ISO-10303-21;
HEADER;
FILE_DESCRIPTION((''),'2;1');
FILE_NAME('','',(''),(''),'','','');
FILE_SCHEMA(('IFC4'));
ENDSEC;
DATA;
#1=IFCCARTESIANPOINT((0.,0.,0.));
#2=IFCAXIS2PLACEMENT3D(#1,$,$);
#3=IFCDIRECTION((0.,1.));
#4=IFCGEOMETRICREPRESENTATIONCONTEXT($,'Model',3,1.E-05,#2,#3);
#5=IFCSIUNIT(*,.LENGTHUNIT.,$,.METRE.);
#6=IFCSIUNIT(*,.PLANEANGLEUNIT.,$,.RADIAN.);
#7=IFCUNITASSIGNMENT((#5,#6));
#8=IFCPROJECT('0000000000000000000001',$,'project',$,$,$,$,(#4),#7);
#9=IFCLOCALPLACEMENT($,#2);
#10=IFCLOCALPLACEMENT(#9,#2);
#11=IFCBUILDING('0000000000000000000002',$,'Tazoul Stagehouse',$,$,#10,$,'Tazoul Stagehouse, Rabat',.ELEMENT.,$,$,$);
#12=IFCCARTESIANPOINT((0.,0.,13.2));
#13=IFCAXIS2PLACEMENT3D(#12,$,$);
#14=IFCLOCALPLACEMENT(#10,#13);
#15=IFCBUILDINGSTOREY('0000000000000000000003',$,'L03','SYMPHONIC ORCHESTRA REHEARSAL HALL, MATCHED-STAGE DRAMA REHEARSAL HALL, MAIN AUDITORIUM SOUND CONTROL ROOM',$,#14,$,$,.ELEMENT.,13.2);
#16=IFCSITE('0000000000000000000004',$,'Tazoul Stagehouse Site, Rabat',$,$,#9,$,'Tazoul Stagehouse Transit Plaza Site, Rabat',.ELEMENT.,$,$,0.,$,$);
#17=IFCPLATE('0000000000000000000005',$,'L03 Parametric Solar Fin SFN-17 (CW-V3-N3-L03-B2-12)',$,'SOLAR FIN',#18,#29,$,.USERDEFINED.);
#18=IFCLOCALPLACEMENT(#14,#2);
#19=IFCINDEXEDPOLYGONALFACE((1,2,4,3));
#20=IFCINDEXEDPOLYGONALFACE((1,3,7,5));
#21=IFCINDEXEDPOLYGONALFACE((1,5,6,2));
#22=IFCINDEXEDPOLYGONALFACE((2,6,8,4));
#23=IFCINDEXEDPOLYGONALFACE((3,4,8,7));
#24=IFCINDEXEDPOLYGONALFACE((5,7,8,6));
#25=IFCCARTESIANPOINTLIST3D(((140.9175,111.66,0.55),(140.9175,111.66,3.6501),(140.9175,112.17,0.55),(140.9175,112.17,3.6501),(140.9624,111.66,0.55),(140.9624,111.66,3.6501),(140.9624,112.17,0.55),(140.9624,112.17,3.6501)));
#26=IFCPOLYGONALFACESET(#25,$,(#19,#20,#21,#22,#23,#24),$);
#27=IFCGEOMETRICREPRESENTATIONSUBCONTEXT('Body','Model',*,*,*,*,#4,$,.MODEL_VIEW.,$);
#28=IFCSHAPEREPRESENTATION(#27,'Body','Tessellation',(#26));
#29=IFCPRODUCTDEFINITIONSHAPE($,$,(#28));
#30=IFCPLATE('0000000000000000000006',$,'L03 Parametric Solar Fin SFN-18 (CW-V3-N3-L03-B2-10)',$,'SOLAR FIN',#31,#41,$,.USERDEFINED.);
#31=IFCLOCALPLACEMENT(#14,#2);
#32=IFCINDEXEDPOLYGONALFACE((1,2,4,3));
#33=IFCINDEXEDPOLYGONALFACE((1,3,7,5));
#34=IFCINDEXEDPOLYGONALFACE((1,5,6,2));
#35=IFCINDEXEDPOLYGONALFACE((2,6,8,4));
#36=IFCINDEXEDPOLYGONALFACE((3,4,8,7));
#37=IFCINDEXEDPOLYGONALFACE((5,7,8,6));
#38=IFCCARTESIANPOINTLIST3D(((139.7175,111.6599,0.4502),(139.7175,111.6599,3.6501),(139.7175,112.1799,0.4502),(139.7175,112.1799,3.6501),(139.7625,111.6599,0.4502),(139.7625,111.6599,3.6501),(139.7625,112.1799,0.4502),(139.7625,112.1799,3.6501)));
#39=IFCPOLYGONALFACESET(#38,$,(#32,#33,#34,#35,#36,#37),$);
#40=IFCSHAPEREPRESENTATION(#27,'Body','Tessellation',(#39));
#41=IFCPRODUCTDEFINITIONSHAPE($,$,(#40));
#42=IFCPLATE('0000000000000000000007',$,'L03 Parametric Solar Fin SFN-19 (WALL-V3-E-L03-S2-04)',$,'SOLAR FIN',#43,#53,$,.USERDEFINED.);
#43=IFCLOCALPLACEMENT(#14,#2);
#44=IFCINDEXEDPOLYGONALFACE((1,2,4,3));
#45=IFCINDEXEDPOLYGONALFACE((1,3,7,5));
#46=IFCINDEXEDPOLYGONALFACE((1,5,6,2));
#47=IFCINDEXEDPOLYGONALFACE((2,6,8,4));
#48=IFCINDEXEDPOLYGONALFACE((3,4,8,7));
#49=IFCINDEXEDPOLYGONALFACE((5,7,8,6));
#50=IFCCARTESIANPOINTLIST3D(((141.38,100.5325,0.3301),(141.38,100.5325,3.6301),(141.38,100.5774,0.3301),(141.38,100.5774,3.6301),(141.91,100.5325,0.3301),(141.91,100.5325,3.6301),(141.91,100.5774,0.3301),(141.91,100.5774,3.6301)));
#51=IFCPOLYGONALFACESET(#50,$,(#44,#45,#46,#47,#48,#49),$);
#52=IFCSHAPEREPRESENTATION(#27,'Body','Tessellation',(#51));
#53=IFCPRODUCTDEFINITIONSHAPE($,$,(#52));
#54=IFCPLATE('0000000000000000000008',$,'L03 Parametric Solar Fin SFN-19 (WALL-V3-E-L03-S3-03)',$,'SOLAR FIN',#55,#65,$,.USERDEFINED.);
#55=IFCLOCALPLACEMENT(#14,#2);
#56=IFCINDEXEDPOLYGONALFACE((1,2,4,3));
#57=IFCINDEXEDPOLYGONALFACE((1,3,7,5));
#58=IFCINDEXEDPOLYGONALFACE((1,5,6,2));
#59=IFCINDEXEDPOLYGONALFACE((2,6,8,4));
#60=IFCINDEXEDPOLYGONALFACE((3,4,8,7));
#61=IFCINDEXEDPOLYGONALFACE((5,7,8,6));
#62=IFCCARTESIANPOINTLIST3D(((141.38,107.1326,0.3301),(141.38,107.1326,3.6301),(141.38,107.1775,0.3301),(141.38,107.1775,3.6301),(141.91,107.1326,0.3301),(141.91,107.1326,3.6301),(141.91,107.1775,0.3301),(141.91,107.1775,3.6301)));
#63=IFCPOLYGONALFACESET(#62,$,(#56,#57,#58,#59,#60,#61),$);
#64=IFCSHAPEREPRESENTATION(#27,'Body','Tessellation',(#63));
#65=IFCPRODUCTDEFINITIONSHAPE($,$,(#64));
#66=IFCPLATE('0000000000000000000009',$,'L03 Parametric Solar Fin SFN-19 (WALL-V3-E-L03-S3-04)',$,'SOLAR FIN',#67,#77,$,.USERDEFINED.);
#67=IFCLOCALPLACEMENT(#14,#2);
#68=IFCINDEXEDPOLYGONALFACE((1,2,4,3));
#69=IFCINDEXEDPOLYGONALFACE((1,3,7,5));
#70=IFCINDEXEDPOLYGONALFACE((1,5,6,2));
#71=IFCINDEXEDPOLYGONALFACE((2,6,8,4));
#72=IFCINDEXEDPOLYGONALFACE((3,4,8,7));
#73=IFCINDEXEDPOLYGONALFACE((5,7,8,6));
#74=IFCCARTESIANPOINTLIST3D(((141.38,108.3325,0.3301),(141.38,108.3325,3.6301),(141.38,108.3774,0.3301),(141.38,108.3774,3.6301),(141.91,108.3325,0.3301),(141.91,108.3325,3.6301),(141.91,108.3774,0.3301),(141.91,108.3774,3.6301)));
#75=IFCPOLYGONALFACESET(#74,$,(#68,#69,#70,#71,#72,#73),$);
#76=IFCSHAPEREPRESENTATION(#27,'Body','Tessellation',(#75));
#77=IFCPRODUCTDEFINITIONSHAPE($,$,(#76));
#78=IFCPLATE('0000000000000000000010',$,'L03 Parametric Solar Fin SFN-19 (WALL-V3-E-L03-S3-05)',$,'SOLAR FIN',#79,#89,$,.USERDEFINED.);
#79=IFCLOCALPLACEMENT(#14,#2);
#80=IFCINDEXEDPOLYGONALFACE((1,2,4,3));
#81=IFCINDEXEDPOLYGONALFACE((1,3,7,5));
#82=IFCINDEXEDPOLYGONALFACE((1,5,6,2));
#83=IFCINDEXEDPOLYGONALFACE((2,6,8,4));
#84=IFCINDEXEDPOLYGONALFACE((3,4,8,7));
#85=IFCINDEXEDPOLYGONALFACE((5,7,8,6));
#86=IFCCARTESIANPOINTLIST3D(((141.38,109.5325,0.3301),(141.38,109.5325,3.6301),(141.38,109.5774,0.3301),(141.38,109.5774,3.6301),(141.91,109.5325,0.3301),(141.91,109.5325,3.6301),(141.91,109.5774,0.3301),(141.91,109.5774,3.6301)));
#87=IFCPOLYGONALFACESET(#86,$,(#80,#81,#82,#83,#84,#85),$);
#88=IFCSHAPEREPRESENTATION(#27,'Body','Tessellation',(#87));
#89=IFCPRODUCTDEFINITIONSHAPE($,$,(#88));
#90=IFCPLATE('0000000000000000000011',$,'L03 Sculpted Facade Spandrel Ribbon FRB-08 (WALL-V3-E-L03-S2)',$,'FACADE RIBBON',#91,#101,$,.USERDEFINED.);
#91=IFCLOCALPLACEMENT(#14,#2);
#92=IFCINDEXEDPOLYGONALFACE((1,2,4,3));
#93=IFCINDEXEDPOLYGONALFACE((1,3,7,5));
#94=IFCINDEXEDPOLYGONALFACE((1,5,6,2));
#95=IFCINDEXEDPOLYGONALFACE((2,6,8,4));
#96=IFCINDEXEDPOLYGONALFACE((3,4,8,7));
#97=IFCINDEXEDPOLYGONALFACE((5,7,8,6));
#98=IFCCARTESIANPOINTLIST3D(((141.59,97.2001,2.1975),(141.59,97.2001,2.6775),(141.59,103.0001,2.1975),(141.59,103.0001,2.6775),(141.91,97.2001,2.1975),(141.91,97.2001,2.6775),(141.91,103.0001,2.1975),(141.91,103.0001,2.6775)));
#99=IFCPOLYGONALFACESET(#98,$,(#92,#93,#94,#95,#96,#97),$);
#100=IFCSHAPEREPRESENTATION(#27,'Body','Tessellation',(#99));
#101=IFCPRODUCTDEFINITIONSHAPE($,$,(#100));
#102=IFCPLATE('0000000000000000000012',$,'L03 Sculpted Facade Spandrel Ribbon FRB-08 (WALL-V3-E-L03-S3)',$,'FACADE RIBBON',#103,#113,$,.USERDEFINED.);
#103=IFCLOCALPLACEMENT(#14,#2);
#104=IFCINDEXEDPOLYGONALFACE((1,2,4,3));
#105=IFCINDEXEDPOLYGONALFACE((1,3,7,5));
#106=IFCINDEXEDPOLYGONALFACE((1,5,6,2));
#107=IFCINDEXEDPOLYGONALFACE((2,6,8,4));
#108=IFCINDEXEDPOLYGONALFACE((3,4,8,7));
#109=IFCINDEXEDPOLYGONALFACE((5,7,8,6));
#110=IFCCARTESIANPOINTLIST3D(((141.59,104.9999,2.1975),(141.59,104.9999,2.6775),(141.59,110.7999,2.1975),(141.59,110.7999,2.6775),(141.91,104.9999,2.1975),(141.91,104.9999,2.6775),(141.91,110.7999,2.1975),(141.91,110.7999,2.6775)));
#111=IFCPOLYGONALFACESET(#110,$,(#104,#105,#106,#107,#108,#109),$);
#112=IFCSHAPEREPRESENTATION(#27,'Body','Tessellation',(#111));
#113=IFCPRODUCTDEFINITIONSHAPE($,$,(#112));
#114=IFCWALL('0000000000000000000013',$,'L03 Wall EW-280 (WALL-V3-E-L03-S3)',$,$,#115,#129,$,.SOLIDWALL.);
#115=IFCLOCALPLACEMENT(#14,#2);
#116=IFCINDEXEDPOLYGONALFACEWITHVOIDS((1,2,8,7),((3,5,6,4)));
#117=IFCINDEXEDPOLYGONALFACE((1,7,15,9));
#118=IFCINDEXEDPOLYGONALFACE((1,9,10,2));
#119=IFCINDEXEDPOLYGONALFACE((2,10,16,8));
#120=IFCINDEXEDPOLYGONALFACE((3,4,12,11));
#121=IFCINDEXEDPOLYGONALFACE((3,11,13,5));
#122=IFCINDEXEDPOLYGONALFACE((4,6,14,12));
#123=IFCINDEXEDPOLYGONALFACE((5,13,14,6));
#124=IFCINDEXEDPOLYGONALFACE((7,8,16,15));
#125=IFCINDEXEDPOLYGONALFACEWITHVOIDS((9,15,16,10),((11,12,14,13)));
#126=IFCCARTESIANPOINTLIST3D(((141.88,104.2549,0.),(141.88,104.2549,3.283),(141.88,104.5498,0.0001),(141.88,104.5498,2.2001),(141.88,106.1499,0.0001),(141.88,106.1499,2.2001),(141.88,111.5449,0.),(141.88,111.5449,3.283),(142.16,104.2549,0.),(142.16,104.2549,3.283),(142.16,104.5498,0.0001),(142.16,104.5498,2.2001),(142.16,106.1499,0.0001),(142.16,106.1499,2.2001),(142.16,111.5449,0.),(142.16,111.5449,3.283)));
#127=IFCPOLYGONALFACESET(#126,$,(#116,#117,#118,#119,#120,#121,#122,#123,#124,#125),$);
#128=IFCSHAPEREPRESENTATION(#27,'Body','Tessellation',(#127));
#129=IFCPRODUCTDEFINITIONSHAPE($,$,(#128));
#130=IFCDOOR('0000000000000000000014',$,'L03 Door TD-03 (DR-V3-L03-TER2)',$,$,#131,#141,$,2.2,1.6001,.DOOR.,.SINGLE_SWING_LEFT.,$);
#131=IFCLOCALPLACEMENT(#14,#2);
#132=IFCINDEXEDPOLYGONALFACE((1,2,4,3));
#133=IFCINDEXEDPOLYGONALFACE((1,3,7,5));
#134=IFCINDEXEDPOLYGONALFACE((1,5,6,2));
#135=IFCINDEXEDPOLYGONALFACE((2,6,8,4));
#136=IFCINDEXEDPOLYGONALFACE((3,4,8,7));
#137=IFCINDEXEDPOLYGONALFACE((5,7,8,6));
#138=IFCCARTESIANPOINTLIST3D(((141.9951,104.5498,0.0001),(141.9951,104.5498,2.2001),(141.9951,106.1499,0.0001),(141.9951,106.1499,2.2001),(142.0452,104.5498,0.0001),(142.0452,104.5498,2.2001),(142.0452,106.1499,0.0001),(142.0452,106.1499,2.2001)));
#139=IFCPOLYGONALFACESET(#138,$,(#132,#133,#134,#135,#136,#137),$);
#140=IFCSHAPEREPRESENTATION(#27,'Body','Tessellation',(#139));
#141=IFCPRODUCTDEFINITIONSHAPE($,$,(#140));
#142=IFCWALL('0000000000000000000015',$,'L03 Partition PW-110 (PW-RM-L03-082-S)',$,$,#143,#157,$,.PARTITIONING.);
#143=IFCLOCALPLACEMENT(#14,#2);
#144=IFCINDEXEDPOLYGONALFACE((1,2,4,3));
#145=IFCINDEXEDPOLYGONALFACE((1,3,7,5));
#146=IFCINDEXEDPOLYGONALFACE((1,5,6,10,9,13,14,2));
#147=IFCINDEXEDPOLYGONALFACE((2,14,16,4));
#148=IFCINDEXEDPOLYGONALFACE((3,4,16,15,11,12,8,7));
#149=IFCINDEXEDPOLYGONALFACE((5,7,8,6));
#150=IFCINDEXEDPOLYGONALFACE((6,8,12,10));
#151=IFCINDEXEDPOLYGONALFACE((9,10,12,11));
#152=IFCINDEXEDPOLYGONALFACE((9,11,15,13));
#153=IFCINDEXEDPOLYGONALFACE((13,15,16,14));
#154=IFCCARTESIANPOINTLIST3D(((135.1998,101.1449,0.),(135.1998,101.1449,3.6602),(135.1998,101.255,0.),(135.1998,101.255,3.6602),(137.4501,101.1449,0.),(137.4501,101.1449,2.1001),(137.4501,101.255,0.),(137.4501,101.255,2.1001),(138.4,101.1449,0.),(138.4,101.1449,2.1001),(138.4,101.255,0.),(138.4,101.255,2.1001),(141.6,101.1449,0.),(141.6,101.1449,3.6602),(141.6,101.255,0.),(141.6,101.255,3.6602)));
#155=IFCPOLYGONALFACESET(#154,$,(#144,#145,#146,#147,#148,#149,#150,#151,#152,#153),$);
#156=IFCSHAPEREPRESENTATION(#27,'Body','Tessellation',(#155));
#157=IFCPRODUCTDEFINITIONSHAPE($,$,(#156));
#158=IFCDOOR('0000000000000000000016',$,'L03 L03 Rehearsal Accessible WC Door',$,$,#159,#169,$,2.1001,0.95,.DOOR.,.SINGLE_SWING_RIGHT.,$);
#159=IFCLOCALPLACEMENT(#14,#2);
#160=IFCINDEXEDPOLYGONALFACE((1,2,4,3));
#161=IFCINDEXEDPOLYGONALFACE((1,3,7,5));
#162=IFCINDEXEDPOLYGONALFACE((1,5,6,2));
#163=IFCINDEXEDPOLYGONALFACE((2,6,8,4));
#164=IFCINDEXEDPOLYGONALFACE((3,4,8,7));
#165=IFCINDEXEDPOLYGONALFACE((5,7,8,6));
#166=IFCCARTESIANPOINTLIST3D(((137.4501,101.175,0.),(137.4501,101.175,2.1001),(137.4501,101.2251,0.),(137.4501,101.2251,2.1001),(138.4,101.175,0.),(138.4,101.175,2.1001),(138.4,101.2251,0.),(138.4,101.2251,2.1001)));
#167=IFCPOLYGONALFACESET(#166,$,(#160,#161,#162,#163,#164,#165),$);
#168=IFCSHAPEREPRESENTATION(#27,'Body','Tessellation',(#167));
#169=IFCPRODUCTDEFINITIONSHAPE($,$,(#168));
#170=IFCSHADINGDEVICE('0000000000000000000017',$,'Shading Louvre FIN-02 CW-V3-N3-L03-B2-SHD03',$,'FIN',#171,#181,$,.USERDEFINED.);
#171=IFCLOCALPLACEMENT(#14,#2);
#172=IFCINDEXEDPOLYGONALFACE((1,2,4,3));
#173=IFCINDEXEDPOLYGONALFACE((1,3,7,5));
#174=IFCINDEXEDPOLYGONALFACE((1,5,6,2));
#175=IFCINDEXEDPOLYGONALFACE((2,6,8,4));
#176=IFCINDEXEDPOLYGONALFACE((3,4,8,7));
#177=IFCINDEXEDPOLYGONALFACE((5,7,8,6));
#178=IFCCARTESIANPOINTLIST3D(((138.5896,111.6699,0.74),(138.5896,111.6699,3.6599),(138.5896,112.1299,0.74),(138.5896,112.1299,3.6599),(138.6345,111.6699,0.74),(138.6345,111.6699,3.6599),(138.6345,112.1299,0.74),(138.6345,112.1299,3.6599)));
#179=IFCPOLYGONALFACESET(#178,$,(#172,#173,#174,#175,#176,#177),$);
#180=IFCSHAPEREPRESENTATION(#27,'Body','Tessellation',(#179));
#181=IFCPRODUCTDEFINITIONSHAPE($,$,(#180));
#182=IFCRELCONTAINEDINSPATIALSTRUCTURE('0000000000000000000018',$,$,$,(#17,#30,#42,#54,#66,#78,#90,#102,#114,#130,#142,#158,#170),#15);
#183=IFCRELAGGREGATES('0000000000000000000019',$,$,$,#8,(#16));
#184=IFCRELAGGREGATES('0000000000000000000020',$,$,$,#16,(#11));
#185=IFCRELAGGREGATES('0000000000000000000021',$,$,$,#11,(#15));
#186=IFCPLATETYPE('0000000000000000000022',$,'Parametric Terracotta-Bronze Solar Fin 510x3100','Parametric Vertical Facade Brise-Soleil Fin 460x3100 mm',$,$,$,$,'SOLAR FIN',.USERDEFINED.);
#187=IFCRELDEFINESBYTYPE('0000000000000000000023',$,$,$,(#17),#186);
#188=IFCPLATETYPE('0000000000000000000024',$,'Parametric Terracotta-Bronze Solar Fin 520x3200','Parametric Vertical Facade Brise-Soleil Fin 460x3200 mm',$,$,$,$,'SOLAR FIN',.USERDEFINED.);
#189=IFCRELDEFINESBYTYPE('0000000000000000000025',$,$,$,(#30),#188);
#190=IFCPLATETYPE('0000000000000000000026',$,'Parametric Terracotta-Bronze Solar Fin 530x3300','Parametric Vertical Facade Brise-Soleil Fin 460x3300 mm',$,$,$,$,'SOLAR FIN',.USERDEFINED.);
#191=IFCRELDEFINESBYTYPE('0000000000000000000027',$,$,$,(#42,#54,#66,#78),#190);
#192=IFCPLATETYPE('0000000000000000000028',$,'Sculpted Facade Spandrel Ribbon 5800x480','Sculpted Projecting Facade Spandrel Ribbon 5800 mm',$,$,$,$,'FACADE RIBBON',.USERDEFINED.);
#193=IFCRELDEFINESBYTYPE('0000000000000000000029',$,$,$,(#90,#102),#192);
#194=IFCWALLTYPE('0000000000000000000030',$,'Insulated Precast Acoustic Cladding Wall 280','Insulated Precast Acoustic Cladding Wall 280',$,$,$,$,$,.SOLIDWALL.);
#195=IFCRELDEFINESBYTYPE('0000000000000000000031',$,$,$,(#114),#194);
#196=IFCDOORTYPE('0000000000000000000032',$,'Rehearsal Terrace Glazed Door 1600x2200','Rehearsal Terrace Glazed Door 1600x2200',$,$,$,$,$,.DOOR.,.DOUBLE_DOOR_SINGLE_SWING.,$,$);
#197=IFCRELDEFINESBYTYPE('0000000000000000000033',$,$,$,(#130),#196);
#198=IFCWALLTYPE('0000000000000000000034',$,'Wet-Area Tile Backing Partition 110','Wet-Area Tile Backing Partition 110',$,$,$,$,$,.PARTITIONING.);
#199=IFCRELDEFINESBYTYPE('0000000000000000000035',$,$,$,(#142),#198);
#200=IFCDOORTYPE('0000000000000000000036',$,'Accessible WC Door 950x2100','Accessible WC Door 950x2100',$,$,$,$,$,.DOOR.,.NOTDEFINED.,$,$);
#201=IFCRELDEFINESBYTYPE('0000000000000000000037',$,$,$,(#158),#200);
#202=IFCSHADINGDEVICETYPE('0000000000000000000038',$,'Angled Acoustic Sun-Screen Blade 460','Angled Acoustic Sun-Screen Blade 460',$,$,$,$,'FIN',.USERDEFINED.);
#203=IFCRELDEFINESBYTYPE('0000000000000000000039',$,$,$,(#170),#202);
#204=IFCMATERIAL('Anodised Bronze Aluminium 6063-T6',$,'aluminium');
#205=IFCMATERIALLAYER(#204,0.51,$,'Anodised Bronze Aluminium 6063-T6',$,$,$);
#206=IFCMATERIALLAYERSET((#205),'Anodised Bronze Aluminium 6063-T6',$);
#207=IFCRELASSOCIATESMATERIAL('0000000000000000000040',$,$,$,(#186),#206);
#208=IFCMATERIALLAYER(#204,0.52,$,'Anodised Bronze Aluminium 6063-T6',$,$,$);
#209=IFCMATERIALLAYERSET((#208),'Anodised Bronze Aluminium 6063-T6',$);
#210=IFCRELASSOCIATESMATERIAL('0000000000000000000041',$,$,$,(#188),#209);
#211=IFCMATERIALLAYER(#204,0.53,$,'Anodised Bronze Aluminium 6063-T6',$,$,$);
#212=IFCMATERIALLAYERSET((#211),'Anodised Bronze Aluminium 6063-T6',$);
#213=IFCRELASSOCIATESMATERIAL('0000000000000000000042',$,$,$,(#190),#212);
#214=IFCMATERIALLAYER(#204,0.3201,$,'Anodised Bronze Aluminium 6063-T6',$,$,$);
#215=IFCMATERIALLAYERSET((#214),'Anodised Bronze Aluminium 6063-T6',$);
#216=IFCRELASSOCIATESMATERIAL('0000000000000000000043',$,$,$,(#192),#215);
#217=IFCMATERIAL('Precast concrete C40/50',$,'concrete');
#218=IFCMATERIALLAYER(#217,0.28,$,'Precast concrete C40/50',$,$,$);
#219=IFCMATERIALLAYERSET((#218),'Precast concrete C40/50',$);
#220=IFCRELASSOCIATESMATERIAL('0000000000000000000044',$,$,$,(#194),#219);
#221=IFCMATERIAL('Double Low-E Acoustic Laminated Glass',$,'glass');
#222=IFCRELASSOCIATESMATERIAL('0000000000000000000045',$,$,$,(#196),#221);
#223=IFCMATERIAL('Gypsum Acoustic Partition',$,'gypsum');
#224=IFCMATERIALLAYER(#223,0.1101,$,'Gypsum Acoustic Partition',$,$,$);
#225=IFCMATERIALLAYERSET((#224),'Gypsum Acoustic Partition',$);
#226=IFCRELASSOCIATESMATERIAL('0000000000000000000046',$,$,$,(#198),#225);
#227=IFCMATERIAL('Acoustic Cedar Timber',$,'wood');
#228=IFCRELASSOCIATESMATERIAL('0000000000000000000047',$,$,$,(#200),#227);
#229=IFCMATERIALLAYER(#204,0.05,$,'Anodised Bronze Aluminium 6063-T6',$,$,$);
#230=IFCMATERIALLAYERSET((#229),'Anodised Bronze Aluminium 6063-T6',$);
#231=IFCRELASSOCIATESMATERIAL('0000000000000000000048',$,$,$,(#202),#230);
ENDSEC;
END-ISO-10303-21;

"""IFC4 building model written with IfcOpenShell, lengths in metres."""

from ifc_helpers import new_model, si_unit, direction, frame, frame_2d, origin, origin_2d, place, context, subcontext, project, spatial, rectangle, extrude, material, layer, layer_set, type_object, element, fill, save


model = new_model("IFC4")

# Units and contexts
model_context = context("Model", 3, precision=1e-05, world=origin(), true_north=direction((0.0, 1.0)))
body_context = subcontext(model_context, "Body", "Model", "MODEL_VIEW")
ifc_project = project(units=[si_unit("LENGTHUNIT", "METRE"), si_unit("PLANEANGLEUNIT", "RADIAN")], contexts=[model_context])

# Site, building, storey
site_placement = place(None, origin())
site = spatial("IfcSite", under=ifc_project, at=site_placement, Name="Tazoul Stagehouse Site, Rabat", LongName="Tazoul Stagehouse Transit Plaza Site, Rabat", CompositionType="ELEMENT", RefElevation=0.0)
building_placement = place(site_placement, origin())
building = spatial("IfcBuilding", under=site, at=building_placement, Name="Tazoul Stagehouse", LongName="Tazoul Stagehouse, Rabat", CompositionType="ELEMENT")
storey_placement = place(building_placement, frame((0.0, 0.0, 13.2)))
storey = spatial("IfcBuildingStorey", under=building, at=storey_placement, Name="L03", Description="SYMPHONIC ORCHESTRA REHEARSAL HALL, MATCHED-STAGE DRAMA REHEARSAL HALL, MAIN AUDITORIUM SOUND CONTROL ROOM", CompositionType="ELEMENT", Elevation=13.2)

# Plates
ifc_material_1 = material(Name="Anodised Bronze Aluminium 6063-T6", Category="aluminium")
ifc_layer_1 = layer(ifc_material_1, 0.51, Name="Anodised Bronze Aluminium 6063-T6")
ifc_layer_set_1 = layer_set([ifc_layer_1], Name="Anodised Bronze Aluminium 6063-T6")
plate_type_1 = type_object("IfcPlateType", Name="Parametric Terracotta-Bronze Solar Fin 510x3100", Description="Parametric Vertical Facade Brise-Soleil Fin 460x3100 mm", ElementType="SOLAR FIN", PredefinedType="USERDEFINED", material=ifc_layer_set_1)
for number, where, z_axis, x_axis, name in (
    (1, (140.9399, 111.915, 0.55), (0.0, 0.0, 1.0), (1.0, 0.0, 0.0), "L03 Parametric Solar Fin SFN-17 (CW-V3-N3-L03-B2-12)"),
):
    element("IfcPlate", number, at=place(storey_placement, frame(where, z_axis=z_axis, x_axis=x_axis)), inside=storey, type_object=plate_type_1, Name=name, ObjectType="SOLAR FIN", PredefinedType="USERDEFINED", context=body_context, shape_type="SweptSolid", body=[
        extrude(rectangle(XDim=0.0449, YDim=0.51, at=origin_2d()), origin(), (0.0, 0.0, 1.0), 3.1001),
    ])
ifc_layer_2 = layer(ifc_material_1, 0.52, Name="Anodised Bronze Aluminium 6063-T6")
ifc_layer_set_2 = layer_set([ifc_layer_2], Name="Anodised Bronze Aluminium 6063-T6")
plate_type_2 = type_object("IfcPlateType", Name="Parametric Terracotta-Bronze Solar Fin 520x3200", Description="Parametric Vertical Facade Brise-Soleil Fin 460x3200 mm", ElementType="SOLAR FIN", PredefinedType="USERDEFINED", material=ifc_layer_set_2)
plate_placement = place(storey_placement, frame((139.74, 111.9199, 0.4502), z_axis=(0.0, 0.0, 1.0), x_axis=(1.0, 0.0, 0.0)))
element("IfcPlate", 2, at=plate_placement, inside=storey, type_object=plate_type_2, Name="L03 Parametric Solar Fin SFN-18 (CW-V3-N3-L03-B2-10)", ObjectType="SOLAR FIN", PredefinedType="USERDEFINED", context=body_context, shape_type="SweptSolid", body=[
    extrude(rectangle(XDim=0.0449, YDim=0.52, at=origin_2d()), origin(), (0.0, 0.0, 1.0), 3.2),
])
ifc_layer_3 = layer(ifc_material_1, 0.53, Name="Anodised Bronze Aluminium 6063-T6")
ifc_layer_set_3 = layer_set([ifc_layer_3], Name="Anodised Bronze Aluminium 6063-T6")
plate_type_3 = type_object("IfcPlateType", Name="Parametric Terracotta-Bronze Solar Fin 530x3300", Description="Parametric Vertical Facade Brise-Soleil Fin 460x3300 mm", ElementType="SOLAR FIN", PredefinedType="USERDEFINED", material=ifc_layer_set_3)
for number, where, z_axis, x_axis, name in (
    (3, (141.645, 100.5549, 0.3301), (0.0, 0.0, 1.0), (0.0, 1.0, 0.0), "L03 Parametric Solar Fin SFN-19 (WALL-V3-E-L03-S2-04)"),
    (4, (141.645, 107.155, 0.3301), (0.0, 0.0, 1.0), (0.0, 1.0, 0.0), "L03 Parametric Solar Fin SFN-19 (WALL-V3-E-L03-S3-03)"),
    (5, (141.645, 108.355, 0.3301), (0.0, 0.0, 1.0), (0.0, 1.0, 0.0), "L03 Parametric Solar Fin SFN-19 (WALL-V3-E-L03-S3-04)"),
    (6, (141.645, 109.5549, 0.3301), (0.0, 0.0, 1.0), (0.0, 1.0, 0.0), "L03 Parametric Solar Fin SFN-19 (WALL-V3-E-L03-S3-05)"),
):
    element("IfcPlate", number, at=place(storey_placement, frame(where, z_axis=z_axis, x_axis=x_axis)), inside=storey, type_object=plate_type_3, Name=name, ObjectType="SOLAR FIN", PredefinedType="USERDEFINED", context=body_context, shape_type="SweptSolid", body=[
        extrude(rectangle(XDim=0.0449, YDim=0.53, at=origin_2d()), origin(), (0.0, 0.0, 1.0), 3.3),
    ])
ifc_layer_4 = layer(ifc_material_1, 0.3201, Name="Anodised Bronze Aluminium 6063-T6")
ifc_layer_set_4 = layer_set([ifc_layer_4], Name="Anodised Bronze Aluminium 6063-T6")
plate_type_4 = type_object("IfcPlateType", Name="Sculpted Facade Spandrel Ribbon 5800x480", Description="Sculpted Projecting Facade Spandrel Ribbon 5800 mm", ElementType="FACADE RIBBON", PredefinedType="USERDEFINED", material=ifc_layer_set_4)
for number, where, z_axis, x_axis, name in (
    (7, (141.75, 100.1001, 2.1975), (0.0, 0.0, 1.0), (0.0, 1.0, 0.0), "L03 Sculpted Facade Spandrel Ribbon FRB-08 (WALL-V3-E-L03-S2)"),
    (8, (141.75, 107.8999, 2.1975), (0.0, 0.0, 1.0), (0.0, 1.0, 0.0), "L03 Sculpted Facade Spandrel Ribbon FRB-08 (WALL-V3-E-L03-S3)"),
):
    element("IfcPlate", number, at=place(storey_placement, frame(where, z_axis=z_axis, x_axis=x_axis)), inside=storey, type_object=plate_type_4, Name=name, ObjectType="FACADE RIBBON", PredefinedType="USERDEFINED", context=body_context, shape_type="SweptSolid", body=[
        extrude(rectangle(XDim=5.8, YDim=0.3201, at=origin_2d()), origin(), (0.0, 0.0, 1.0), 0.48),
    ])

# Walls, openings, doors
ifc_material_2 = material(Name="Precast concrete C40/50", Category="concrete")
ifc_layer_5 = layer(ifc_material_2, 0.28, Name="Precast concrete C40/50")
ifc_layer_set_5 = layer_set([ifc_layer_5], Name="Precast concrete C40/50")
wall_type_1 = type_object("IfcWallType", Name="Insulated Precast Acoustic Cladding Wall 280", Description="Insulated Precast Acoustic Cladding Wall 280", PredefinedType="SOLIDWALL", material=ifc_layer_set_5)
wall_1_placement = place(storey_placement, frame((142.02, 104.2549, 0.0), z_axis=(0.0, 0.0, 1.0), x_axis=(0.0, 1.0, 0.0)))
wall_1 = element("IfcWall", 9, at=wall_1_placement, inside=storey, type_object=wall_type_1, Name="L03 Wall EW-280 (WALL-V3-E-L03-S3)", PredefinedType="SOLIDWALL", context=body_context, shape_type="SweptSolid", body=[
    extrude(rectangle(XDim=7.29, YDim=0.28, at=frame_2d((3.645, 0.0))), origin(), (0.0, 0.0, 1.0), 3.283),
])
opening_1_placement = place(wall_1_placement, frame((0.2949, 0.0, 0.0)))
opening_1 = element("IfcOpeningElement", 10, at=opening_1_placement, cuts=wall_1, PredefinedType="OPENING", context=body_context, shape_type="SweptSolid", body=[
    extrude(rectangle(XDim=1.6001, YDim=2.2, at=frame_2d((0.8, 1.1001))), frame((0.0, 0.1599, 0.0), z_axis=(0.0, -1.0, 0.0), x_axis=(1.0, 0.0, 0.0)), (0.0, 0.0, 1.0), 0.3201),
])
ifc_material_3 = material(Name="Double Low-E Acoustic Laminated Glass", Category="glass")
door_type_1 = type_object("IfcDoorType", Name="Rehearsal Terrace Glazed Door 1600x2200", Description="Rehearsal Terrace Glazed Door 1600x2200", OperationType="DOUBLE_DOOR_SINGLE_SWING", PredefinedType="DOOR", material=ifc_material_3)
door_1_placement = place(opening_1_placement, origin())
door_1 = element("IfcDoor", 11, at=door_1_placement, inside=storey, type_object=door_type_1, Name="L03 Door TD-03 (DR-V3-L03-TER2)", OperationType="SINGLE_SWING_LEFT", OverallHeight=2.2, OverallWidth=1.6001, PredefinedType="DOOR", context=body_context, shape_type="SweptSolid", body=[
    extrude(rectangle(XDim=1.6001, YDim=2.2, at=frame_2d((0.8, 1.1001))), frame((0.0, 0.0249, 0.0), z_axis=(0.0, -1.0, 0.0), x_axis=(1.0, 0.0, 0.0)), (0.0, 0.0, 1.0), 0.05),
])
fill(opening_1, door_1)
ifc_material_4 = material(Name="Gypsum Acoustic Partition", Category="gypsum")
ifc_layer_6 = layer(ifc_material_4, 0.1101, Name="Gypsum Acoustic Partition")
ifc_layer_set_6 = layer_set([ifc_layer_6], Name="Gypsum Acoustic Partition")
wall_type_2 = type_object("IfcWallType", Name="Wet-Area Tile Backing Partition 110", Description="Wet-Area Tile Backing Partition 110", PredefinedType="PARTITIONING", material=ifc_layer_set_6)
wall_2_placement = place(storey_placement, frame((141.6001, 101.2, 0.0), z_axis=(0.0, 0.0, 1.0), x_axis=(-1.0, 0.0, 0.0)))
wall_2 = element("IfcWall", 12, at=wall_2_placement, inside=storey, type_object=wall_type_2, Name="L03 Partition PW-110 (PW-RM-L03-082-S)", PredefinedType="PARTITIONING", context=body_context, shape_type="SweptSolid", body=[
    extrude(rectangle(XDim=6.4001, YDim=0.1101, at=frame_2d((3.2002, 0.0))), origin(), (0.0, 0.0, 1.0), 3.6602),
])
opening_2_placement = place(wall_2_placement, frame((3.2, 0.0, 0.0)))
opening_2 = element("IfcOpeningElement", 13, at=opening_2_placement, cuts=wall_2, PredefinedType="OPENING", context=body_context, shape_type="SweptSolid", body=[
    extrude(rectangle(XDim=0.95, YDim=2.1001, at=frame_2d((0.4751, 1.05))), frame((0.0, 0.075, 0.0), z_axis=(0.0, -1.0, 0.0), x_axis=(1.0, 0.0, 0.0)), (0.0, 0.0, 1.0), 0.1501),
])
ifc_material_5 = material(Name="Acoustic Cedar Timber", Category="wood")
door_type_2 = type_object("IfcDoorType", Name="Accessible WC Door 950x2100", Description="Accessible WC Door 950x2100", OperationType="NOTDEFINED", PredefinedType="DOOR", material=ifc_material_5)
door_2_placement = place(opening_2_placement, origin())
door_2 = element("IfcDoor", 14, at=door_2_placement, inside=storey, type_object=door_type_2, Name="L03 L03 Rehearsal Accessible WC Door", OperationType="SINGLE_SWING_RIGHT", OverallHeight=2.1001, OverallWidth=0.95, PredefinedType="DOOR", context=body_context, shape_type="SweptSolid", body=[
    extrude(rectangle(XDim=0.95, YDim=2.1001, at=frame_2d((0.4751, 1.05))), frame((0.0, 0.0249, 0.0), z_axis=(0.0, -1.0, 0.0), x_axis=(1.0, 0.0, 0.0)), (0.0, 0.0, 1.0), 0.05),
])
fill(opening_2, door_2)

# Shading device
ifc_layer_7 = layer(ifc_material_1, 0.05, Name="Anodised Bronze Aluminium 6063-T6")
ifc_layer_set_7 = layer_set([ifc_layer_7], Name="Anodised Bronze Aluminium 6063-T6")
shading_device_type_1 = type_object("IfcShadingDeviceType", Name="Angled Acoustic Sun-Screen Blade 460", Description="Angled Acoustic Sun-Screen Blade 460", ElementType="FIN", PredefinedType="USERDEFINED", material=ifc_layer_set_7)
shading_device_1_placement = place(storey_placement, frame((138.6121, 111.8999, 0.74), z_axis=(0.0, 0.0, 1.0), x_axis=(1.0, 0.0, 0.0)))
element("IfcShadingDevice", 15, at=shading_device_1_placement, inside=storey, type_object=shading_device_type_1, Name="Shading Louvre FIN-02 CW-V3-N3-L03-B2-SHD03", ObjectType="FIN", PredefinedType="USERDEFINED", context=body_context, shape_type="SweptSolid", body=[
    extrude(rectangle(XDim=0.0449, YDim=0.46, at=origin_2d()), origin(), (0.0, 0.0, 1.0), 2.9199),
])

save(model, "model.ifc")
